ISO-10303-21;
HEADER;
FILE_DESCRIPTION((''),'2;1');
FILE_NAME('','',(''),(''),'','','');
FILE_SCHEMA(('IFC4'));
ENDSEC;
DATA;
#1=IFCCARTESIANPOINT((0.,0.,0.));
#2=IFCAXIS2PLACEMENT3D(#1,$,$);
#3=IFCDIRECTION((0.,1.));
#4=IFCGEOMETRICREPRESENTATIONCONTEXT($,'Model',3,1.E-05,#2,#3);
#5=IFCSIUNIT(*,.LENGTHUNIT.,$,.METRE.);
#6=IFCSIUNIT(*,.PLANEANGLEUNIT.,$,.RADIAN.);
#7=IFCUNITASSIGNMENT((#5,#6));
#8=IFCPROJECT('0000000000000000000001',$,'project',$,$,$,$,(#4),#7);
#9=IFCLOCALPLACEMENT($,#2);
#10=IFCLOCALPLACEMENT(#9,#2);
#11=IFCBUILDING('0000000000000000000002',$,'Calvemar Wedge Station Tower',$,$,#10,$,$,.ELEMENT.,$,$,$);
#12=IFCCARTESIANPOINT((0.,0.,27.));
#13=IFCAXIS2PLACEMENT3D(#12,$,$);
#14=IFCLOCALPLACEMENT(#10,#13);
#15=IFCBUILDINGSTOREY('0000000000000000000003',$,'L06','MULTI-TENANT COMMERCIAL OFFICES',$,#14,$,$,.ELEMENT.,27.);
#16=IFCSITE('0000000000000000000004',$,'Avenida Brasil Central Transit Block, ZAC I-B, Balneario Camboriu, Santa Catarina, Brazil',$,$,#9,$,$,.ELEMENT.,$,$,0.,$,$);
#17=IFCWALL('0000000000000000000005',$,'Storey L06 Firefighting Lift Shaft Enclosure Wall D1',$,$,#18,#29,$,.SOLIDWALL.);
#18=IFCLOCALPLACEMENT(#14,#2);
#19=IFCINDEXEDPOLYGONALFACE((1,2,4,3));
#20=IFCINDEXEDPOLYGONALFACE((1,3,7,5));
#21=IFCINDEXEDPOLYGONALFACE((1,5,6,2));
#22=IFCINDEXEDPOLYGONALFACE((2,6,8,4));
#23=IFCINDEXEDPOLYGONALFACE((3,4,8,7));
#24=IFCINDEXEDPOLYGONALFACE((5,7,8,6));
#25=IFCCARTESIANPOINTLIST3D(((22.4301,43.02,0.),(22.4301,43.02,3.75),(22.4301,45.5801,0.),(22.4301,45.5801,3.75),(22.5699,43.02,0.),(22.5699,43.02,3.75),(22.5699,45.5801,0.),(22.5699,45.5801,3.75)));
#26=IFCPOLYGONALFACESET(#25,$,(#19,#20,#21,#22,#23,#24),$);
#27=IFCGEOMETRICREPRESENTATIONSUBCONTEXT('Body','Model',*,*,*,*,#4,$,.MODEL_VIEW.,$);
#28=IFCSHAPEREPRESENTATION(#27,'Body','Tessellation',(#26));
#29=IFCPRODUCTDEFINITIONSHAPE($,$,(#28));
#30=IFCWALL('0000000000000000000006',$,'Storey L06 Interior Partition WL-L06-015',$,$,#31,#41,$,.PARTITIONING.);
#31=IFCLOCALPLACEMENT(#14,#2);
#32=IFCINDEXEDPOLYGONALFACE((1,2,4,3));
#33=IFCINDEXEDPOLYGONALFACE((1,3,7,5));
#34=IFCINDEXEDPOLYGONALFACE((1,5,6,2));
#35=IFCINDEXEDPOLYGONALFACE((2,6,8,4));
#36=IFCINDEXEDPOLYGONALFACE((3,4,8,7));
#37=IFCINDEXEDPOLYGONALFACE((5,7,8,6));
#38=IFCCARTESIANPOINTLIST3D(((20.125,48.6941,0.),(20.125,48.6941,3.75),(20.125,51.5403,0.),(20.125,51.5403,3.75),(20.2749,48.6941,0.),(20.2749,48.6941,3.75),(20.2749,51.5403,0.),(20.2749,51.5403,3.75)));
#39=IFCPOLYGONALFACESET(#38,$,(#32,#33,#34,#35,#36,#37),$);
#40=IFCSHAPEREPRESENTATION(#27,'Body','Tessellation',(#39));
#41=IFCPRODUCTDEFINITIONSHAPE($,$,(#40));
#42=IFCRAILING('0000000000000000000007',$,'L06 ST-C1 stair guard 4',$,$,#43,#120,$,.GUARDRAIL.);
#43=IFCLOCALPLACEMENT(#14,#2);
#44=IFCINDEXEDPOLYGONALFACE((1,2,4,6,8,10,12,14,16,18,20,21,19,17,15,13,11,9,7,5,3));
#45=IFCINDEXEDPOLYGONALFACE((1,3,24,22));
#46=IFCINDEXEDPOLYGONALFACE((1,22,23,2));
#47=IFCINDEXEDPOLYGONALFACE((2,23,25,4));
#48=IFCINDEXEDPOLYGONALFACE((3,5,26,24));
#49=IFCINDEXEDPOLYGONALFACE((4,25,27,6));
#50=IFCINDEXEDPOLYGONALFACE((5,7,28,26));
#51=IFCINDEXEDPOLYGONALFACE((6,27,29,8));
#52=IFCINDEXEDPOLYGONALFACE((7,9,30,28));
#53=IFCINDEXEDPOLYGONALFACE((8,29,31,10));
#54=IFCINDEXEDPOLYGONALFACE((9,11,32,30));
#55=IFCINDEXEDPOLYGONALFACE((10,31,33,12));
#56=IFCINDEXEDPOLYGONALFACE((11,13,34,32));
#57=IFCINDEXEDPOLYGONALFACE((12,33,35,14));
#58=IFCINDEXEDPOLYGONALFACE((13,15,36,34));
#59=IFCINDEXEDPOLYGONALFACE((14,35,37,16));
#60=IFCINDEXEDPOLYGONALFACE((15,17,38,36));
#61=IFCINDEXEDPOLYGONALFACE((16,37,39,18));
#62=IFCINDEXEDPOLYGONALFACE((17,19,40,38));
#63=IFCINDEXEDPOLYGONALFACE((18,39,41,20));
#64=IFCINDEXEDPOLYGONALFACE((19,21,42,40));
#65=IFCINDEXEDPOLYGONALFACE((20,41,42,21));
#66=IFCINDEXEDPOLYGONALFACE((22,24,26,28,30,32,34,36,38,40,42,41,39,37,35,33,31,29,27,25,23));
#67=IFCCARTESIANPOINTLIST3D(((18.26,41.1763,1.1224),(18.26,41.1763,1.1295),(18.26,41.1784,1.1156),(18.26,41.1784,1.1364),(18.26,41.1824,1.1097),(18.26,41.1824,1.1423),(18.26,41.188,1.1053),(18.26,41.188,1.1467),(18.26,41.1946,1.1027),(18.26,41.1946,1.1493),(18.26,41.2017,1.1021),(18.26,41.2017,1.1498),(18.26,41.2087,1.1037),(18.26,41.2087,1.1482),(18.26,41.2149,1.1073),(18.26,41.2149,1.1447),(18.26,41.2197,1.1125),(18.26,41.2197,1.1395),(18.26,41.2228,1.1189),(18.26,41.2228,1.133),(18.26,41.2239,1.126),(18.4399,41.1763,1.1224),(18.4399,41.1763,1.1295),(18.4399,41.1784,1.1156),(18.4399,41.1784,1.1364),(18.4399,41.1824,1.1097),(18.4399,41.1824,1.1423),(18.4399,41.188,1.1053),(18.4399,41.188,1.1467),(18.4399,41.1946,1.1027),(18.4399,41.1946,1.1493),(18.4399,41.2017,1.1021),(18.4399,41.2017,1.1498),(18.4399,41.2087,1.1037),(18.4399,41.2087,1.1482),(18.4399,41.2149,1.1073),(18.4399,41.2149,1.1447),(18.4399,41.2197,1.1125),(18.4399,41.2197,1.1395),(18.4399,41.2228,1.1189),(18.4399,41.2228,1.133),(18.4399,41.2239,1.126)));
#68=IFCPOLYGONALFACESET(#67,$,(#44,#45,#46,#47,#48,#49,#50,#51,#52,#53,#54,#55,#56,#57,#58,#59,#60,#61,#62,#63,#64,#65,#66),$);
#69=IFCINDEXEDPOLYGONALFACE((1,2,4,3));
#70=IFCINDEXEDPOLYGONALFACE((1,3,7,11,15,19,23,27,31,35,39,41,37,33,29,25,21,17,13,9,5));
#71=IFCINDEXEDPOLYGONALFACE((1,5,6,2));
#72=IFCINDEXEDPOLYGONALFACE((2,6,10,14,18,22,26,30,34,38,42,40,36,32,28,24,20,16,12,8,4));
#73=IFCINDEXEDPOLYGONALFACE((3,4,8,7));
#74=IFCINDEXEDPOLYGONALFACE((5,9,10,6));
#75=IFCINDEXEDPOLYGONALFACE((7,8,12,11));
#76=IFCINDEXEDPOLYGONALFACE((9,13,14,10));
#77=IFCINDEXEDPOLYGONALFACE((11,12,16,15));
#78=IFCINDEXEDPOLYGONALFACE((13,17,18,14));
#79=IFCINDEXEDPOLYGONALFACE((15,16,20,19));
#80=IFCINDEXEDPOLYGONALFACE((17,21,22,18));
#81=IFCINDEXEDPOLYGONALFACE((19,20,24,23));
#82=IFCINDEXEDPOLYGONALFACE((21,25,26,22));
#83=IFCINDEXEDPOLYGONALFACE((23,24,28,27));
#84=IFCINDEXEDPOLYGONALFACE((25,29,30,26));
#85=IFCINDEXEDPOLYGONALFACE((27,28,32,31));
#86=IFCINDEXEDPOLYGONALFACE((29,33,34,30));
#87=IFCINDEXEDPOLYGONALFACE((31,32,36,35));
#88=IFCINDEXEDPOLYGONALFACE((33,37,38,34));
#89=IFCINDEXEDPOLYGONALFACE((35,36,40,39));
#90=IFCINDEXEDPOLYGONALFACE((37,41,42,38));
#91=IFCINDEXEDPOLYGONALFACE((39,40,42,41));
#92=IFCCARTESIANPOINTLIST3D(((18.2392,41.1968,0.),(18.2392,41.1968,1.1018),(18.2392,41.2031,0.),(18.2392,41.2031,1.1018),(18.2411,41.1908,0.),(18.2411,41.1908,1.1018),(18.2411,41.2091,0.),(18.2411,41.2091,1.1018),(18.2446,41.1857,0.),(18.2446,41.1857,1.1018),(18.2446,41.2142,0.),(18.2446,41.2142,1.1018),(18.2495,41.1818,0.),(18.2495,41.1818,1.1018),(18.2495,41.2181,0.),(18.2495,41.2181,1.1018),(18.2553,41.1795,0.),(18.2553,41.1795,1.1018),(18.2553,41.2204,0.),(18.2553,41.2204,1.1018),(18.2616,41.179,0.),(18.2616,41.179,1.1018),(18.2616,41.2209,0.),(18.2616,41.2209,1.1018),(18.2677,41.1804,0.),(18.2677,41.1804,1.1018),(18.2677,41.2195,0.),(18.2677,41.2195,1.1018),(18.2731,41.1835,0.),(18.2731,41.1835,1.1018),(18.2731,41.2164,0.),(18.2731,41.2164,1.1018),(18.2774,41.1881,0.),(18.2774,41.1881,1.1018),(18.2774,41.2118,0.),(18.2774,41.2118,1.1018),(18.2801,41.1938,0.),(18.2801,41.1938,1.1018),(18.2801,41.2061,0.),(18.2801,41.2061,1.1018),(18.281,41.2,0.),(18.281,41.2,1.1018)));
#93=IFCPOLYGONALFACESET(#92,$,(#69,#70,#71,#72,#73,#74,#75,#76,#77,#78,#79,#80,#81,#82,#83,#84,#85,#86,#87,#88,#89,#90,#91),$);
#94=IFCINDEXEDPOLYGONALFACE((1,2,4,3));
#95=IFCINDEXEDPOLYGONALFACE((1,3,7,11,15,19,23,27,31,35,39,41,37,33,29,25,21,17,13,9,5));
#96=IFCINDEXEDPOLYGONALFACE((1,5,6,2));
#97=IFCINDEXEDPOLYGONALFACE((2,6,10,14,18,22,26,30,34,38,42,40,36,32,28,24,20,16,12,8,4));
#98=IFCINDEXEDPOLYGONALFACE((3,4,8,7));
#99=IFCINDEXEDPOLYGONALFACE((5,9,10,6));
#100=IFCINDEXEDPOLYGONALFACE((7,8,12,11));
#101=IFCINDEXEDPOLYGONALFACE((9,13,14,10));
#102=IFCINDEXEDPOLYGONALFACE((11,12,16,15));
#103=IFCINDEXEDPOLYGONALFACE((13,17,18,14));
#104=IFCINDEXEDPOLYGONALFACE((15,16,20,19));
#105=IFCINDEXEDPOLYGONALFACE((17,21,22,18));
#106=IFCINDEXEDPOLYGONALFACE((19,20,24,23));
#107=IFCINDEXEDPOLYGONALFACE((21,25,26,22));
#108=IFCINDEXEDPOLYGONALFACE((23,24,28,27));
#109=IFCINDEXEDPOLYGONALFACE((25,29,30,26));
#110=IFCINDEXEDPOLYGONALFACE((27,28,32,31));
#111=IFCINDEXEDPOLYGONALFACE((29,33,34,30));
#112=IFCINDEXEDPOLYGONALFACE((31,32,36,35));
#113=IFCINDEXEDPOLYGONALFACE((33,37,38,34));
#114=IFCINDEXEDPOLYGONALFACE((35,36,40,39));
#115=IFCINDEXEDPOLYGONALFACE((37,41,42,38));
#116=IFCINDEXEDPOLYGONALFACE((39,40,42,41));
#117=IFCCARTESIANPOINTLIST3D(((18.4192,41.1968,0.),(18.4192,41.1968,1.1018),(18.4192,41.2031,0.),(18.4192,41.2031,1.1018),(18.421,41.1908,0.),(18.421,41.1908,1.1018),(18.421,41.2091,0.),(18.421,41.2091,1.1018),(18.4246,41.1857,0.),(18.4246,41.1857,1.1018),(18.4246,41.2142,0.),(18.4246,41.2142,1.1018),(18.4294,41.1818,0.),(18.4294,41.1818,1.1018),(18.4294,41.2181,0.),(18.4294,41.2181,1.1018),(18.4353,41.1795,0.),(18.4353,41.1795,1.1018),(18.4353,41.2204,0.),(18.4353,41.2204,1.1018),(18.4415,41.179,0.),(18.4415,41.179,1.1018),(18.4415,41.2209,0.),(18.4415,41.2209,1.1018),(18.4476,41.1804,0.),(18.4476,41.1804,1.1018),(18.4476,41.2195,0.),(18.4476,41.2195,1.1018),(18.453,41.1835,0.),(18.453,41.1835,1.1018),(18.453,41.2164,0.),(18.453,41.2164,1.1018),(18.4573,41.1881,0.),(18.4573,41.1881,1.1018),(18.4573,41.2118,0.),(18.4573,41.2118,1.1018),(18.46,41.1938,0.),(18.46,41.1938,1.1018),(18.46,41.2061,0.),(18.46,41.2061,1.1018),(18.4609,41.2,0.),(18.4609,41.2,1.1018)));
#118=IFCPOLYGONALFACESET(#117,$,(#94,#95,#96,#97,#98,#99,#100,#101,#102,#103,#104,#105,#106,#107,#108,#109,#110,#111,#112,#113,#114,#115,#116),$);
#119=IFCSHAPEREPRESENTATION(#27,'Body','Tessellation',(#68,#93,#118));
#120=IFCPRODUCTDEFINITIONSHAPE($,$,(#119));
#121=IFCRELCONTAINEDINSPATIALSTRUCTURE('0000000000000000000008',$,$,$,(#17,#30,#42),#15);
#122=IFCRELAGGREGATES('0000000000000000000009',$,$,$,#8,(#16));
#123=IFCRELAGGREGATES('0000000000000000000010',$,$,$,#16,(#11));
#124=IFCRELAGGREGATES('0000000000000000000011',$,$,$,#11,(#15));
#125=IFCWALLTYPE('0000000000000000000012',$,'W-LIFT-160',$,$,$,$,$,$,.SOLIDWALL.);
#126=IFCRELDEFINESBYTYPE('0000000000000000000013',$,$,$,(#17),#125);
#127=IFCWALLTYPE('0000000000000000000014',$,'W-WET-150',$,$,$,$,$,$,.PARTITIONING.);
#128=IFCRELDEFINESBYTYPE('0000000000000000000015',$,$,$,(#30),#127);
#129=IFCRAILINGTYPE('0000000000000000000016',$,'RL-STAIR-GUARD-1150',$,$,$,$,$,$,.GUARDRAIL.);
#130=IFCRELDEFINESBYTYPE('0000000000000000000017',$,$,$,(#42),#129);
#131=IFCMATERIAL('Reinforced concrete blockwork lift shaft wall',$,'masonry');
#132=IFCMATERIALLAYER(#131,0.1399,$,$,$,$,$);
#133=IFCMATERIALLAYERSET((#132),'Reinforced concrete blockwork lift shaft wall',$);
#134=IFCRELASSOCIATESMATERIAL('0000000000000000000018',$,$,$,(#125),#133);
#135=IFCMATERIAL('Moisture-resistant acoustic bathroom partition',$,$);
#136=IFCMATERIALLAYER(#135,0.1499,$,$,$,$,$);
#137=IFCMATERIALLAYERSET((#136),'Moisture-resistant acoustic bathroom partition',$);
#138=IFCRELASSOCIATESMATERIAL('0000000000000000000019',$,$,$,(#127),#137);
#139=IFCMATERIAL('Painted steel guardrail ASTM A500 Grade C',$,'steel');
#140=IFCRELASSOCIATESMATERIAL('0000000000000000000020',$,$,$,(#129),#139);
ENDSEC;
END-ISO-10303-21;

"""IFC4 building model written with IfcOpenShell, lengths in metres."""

from ifc_helpers import new_model, si_unit, direction, frame, frame_2d, origin, origin_2d, place, context, subcontext, project, spatial, rectangle, circle, extrude, material, layer, layer_set, type_object, element, save


model = new_model("IFC4")

# Units and contexts
model_context = context("Model", 3, precision=1e-05, world=origin(), true_north=direction((0.0, 1.0)))
body_context = subcontext(model_context, "Body", "Model", "MODEL_VIEW")
ifc_project = project(units=[si_unit("LENGTHUNIT", "METRE"), si_unit("PLANEANGLEUNIT", "RADIAN")], contexts=[model_context])

# Site, building, storey
site_placement = place(None, origin())
site = spatial("IfcSite", under=ifc_project, at=site_placement, Name="Avenida Brasil Central Transit Block, ZAC I-B, Balneario Camboriu, Santa Catarina, Brazil", CompositionType="ELEMENT", RefElevation=0.0)
building_placement = place(site_placement, origin())
building = spatial("IfcBuilding", under=site, at=building_placement, Name="Calvemar Wedge Station Tower", CompositionType="ELEMENT")
storey_placement = place(building_placement, frame((0.0, 0.0, 27.0)))
storey = spatial("IfcBuildingStorey", under=building, at=storey_placement, Name="L06", Description="MULTI-TENANT COMMERCIAL OFFICES", CompositionType="ELEMENT", Elevation=27.0)

# Shared definitions
ifc_material_1 = material(Name="Reinforced concrete blockwork lift shaft wall", Category="masonry")
ifc_layer_1 = layer(ifc_material_1, 0.1399)
ifc_layer_set_1 = layer_set([ifc_layer_1], Name="Reinforced concrete blockwork lift shaft wall")
wall_type_1 = type_object("IfcWallType", Name="W-LIFT-160", PredefinedType="SOLIDWALL", material=ifc_layer_set_1)

# Walls
wall_1_placement = place(storey_placement, frame((22.5, 43.02, 0.0), z_axis=(0.0, 0.0, 1.0), x_axis=(0.0, 1.0, 0.0)))
element("IfcWall", 1, at=wall_1_placement, inside=storey, type_object=wall_type_1, Name="Storey L06 Firefighting Lift Shaft Enclosure Wall D1", PredefinedType="SOLIDWALL", context=body_context, shape_type="SweptSolid", body=[
    extrude(rectangle(XDim=2.5601, YDim=0.1399, at=frame_2d((1.28, 0.0))), origin(), (0.0, 0.0, 1.0), 3.75),
])
ifc_material_2 = material(Name="Moisture-resistant acoustic bathroom partition")
ifc_layer_2 = layer(ifc_material_2, 0.1499)
ifc_layer_set_2 = layer_set([ifc_layer_2], Name="Moisture-resistant acoustic bathroom partition")
wall_type_2 = type_object("IfcWallType", Name="W-WET-150", PredefinedType="PARTITIONING", material=ifc_layer_set_2)
wall_2_placement = place(storey_placement, frame((20.2, 51.5403, 0.0), z_axis=(0.0, 0.0, 1.0), x_axis=(0.0, -1.0, 0.0)))
element("IfcWall", 2, at=wall_2_placement, inside=storey, type_object=wall_type_2, Name="Storey L06 Interior Partition WL-L06-015", PredefinedType="PARTITIONING", context=body_context, shape_type="SweptSolid", body=[
    extrude(rectangle(XDim=2.8462, YDim=0.1499, at=frame_2d((1.4231, 0.0))), origin(), (0.0, 0.0, 1.0), 3.75),
])

# Railing
ifc_material_3 = material(Name="Painted steel guardrail ASTM A500 Grade C", Category="steel")
railing_type = type_object("IfcRailingType", Name="RL-STAIR-GUARD-1150", PredefinedType="GUARDRAIL", material=ifc_material_3)
railing_placement = place(storey_placement, frame((18.26, 41.2, 0.0)))
element("IfcRailing", 3, at=railing_placement, inside=storey, type_object=railing_type, Name="L06 ST-C1 stair guard 4", PredefinedType="GUARDRAIL", context=body_context, shape_type="SweptSolid", body=[
    extrude(circle(Radius=0.0239, at=origin_2d()), frame((0.0, 0.0, 1.126), z_axis=(1.0, 0.0, 0.0), x_axis=(0.0, 1.0, 0.0)), (0.0, 0.0, 1.0), 0.1799),
    extrude(circle(Radius=0.021, at=origin_2d()), origin(), (0.0, 0.0, 1.0), 1.1018),
    extrude(circle(Radius=0.021, at=origin_2d()), frame((0.1799, 0.0, 0.0)), (0.0, 0.0, 1.0), 1.1018),
])

save(model, "model.ifc")
